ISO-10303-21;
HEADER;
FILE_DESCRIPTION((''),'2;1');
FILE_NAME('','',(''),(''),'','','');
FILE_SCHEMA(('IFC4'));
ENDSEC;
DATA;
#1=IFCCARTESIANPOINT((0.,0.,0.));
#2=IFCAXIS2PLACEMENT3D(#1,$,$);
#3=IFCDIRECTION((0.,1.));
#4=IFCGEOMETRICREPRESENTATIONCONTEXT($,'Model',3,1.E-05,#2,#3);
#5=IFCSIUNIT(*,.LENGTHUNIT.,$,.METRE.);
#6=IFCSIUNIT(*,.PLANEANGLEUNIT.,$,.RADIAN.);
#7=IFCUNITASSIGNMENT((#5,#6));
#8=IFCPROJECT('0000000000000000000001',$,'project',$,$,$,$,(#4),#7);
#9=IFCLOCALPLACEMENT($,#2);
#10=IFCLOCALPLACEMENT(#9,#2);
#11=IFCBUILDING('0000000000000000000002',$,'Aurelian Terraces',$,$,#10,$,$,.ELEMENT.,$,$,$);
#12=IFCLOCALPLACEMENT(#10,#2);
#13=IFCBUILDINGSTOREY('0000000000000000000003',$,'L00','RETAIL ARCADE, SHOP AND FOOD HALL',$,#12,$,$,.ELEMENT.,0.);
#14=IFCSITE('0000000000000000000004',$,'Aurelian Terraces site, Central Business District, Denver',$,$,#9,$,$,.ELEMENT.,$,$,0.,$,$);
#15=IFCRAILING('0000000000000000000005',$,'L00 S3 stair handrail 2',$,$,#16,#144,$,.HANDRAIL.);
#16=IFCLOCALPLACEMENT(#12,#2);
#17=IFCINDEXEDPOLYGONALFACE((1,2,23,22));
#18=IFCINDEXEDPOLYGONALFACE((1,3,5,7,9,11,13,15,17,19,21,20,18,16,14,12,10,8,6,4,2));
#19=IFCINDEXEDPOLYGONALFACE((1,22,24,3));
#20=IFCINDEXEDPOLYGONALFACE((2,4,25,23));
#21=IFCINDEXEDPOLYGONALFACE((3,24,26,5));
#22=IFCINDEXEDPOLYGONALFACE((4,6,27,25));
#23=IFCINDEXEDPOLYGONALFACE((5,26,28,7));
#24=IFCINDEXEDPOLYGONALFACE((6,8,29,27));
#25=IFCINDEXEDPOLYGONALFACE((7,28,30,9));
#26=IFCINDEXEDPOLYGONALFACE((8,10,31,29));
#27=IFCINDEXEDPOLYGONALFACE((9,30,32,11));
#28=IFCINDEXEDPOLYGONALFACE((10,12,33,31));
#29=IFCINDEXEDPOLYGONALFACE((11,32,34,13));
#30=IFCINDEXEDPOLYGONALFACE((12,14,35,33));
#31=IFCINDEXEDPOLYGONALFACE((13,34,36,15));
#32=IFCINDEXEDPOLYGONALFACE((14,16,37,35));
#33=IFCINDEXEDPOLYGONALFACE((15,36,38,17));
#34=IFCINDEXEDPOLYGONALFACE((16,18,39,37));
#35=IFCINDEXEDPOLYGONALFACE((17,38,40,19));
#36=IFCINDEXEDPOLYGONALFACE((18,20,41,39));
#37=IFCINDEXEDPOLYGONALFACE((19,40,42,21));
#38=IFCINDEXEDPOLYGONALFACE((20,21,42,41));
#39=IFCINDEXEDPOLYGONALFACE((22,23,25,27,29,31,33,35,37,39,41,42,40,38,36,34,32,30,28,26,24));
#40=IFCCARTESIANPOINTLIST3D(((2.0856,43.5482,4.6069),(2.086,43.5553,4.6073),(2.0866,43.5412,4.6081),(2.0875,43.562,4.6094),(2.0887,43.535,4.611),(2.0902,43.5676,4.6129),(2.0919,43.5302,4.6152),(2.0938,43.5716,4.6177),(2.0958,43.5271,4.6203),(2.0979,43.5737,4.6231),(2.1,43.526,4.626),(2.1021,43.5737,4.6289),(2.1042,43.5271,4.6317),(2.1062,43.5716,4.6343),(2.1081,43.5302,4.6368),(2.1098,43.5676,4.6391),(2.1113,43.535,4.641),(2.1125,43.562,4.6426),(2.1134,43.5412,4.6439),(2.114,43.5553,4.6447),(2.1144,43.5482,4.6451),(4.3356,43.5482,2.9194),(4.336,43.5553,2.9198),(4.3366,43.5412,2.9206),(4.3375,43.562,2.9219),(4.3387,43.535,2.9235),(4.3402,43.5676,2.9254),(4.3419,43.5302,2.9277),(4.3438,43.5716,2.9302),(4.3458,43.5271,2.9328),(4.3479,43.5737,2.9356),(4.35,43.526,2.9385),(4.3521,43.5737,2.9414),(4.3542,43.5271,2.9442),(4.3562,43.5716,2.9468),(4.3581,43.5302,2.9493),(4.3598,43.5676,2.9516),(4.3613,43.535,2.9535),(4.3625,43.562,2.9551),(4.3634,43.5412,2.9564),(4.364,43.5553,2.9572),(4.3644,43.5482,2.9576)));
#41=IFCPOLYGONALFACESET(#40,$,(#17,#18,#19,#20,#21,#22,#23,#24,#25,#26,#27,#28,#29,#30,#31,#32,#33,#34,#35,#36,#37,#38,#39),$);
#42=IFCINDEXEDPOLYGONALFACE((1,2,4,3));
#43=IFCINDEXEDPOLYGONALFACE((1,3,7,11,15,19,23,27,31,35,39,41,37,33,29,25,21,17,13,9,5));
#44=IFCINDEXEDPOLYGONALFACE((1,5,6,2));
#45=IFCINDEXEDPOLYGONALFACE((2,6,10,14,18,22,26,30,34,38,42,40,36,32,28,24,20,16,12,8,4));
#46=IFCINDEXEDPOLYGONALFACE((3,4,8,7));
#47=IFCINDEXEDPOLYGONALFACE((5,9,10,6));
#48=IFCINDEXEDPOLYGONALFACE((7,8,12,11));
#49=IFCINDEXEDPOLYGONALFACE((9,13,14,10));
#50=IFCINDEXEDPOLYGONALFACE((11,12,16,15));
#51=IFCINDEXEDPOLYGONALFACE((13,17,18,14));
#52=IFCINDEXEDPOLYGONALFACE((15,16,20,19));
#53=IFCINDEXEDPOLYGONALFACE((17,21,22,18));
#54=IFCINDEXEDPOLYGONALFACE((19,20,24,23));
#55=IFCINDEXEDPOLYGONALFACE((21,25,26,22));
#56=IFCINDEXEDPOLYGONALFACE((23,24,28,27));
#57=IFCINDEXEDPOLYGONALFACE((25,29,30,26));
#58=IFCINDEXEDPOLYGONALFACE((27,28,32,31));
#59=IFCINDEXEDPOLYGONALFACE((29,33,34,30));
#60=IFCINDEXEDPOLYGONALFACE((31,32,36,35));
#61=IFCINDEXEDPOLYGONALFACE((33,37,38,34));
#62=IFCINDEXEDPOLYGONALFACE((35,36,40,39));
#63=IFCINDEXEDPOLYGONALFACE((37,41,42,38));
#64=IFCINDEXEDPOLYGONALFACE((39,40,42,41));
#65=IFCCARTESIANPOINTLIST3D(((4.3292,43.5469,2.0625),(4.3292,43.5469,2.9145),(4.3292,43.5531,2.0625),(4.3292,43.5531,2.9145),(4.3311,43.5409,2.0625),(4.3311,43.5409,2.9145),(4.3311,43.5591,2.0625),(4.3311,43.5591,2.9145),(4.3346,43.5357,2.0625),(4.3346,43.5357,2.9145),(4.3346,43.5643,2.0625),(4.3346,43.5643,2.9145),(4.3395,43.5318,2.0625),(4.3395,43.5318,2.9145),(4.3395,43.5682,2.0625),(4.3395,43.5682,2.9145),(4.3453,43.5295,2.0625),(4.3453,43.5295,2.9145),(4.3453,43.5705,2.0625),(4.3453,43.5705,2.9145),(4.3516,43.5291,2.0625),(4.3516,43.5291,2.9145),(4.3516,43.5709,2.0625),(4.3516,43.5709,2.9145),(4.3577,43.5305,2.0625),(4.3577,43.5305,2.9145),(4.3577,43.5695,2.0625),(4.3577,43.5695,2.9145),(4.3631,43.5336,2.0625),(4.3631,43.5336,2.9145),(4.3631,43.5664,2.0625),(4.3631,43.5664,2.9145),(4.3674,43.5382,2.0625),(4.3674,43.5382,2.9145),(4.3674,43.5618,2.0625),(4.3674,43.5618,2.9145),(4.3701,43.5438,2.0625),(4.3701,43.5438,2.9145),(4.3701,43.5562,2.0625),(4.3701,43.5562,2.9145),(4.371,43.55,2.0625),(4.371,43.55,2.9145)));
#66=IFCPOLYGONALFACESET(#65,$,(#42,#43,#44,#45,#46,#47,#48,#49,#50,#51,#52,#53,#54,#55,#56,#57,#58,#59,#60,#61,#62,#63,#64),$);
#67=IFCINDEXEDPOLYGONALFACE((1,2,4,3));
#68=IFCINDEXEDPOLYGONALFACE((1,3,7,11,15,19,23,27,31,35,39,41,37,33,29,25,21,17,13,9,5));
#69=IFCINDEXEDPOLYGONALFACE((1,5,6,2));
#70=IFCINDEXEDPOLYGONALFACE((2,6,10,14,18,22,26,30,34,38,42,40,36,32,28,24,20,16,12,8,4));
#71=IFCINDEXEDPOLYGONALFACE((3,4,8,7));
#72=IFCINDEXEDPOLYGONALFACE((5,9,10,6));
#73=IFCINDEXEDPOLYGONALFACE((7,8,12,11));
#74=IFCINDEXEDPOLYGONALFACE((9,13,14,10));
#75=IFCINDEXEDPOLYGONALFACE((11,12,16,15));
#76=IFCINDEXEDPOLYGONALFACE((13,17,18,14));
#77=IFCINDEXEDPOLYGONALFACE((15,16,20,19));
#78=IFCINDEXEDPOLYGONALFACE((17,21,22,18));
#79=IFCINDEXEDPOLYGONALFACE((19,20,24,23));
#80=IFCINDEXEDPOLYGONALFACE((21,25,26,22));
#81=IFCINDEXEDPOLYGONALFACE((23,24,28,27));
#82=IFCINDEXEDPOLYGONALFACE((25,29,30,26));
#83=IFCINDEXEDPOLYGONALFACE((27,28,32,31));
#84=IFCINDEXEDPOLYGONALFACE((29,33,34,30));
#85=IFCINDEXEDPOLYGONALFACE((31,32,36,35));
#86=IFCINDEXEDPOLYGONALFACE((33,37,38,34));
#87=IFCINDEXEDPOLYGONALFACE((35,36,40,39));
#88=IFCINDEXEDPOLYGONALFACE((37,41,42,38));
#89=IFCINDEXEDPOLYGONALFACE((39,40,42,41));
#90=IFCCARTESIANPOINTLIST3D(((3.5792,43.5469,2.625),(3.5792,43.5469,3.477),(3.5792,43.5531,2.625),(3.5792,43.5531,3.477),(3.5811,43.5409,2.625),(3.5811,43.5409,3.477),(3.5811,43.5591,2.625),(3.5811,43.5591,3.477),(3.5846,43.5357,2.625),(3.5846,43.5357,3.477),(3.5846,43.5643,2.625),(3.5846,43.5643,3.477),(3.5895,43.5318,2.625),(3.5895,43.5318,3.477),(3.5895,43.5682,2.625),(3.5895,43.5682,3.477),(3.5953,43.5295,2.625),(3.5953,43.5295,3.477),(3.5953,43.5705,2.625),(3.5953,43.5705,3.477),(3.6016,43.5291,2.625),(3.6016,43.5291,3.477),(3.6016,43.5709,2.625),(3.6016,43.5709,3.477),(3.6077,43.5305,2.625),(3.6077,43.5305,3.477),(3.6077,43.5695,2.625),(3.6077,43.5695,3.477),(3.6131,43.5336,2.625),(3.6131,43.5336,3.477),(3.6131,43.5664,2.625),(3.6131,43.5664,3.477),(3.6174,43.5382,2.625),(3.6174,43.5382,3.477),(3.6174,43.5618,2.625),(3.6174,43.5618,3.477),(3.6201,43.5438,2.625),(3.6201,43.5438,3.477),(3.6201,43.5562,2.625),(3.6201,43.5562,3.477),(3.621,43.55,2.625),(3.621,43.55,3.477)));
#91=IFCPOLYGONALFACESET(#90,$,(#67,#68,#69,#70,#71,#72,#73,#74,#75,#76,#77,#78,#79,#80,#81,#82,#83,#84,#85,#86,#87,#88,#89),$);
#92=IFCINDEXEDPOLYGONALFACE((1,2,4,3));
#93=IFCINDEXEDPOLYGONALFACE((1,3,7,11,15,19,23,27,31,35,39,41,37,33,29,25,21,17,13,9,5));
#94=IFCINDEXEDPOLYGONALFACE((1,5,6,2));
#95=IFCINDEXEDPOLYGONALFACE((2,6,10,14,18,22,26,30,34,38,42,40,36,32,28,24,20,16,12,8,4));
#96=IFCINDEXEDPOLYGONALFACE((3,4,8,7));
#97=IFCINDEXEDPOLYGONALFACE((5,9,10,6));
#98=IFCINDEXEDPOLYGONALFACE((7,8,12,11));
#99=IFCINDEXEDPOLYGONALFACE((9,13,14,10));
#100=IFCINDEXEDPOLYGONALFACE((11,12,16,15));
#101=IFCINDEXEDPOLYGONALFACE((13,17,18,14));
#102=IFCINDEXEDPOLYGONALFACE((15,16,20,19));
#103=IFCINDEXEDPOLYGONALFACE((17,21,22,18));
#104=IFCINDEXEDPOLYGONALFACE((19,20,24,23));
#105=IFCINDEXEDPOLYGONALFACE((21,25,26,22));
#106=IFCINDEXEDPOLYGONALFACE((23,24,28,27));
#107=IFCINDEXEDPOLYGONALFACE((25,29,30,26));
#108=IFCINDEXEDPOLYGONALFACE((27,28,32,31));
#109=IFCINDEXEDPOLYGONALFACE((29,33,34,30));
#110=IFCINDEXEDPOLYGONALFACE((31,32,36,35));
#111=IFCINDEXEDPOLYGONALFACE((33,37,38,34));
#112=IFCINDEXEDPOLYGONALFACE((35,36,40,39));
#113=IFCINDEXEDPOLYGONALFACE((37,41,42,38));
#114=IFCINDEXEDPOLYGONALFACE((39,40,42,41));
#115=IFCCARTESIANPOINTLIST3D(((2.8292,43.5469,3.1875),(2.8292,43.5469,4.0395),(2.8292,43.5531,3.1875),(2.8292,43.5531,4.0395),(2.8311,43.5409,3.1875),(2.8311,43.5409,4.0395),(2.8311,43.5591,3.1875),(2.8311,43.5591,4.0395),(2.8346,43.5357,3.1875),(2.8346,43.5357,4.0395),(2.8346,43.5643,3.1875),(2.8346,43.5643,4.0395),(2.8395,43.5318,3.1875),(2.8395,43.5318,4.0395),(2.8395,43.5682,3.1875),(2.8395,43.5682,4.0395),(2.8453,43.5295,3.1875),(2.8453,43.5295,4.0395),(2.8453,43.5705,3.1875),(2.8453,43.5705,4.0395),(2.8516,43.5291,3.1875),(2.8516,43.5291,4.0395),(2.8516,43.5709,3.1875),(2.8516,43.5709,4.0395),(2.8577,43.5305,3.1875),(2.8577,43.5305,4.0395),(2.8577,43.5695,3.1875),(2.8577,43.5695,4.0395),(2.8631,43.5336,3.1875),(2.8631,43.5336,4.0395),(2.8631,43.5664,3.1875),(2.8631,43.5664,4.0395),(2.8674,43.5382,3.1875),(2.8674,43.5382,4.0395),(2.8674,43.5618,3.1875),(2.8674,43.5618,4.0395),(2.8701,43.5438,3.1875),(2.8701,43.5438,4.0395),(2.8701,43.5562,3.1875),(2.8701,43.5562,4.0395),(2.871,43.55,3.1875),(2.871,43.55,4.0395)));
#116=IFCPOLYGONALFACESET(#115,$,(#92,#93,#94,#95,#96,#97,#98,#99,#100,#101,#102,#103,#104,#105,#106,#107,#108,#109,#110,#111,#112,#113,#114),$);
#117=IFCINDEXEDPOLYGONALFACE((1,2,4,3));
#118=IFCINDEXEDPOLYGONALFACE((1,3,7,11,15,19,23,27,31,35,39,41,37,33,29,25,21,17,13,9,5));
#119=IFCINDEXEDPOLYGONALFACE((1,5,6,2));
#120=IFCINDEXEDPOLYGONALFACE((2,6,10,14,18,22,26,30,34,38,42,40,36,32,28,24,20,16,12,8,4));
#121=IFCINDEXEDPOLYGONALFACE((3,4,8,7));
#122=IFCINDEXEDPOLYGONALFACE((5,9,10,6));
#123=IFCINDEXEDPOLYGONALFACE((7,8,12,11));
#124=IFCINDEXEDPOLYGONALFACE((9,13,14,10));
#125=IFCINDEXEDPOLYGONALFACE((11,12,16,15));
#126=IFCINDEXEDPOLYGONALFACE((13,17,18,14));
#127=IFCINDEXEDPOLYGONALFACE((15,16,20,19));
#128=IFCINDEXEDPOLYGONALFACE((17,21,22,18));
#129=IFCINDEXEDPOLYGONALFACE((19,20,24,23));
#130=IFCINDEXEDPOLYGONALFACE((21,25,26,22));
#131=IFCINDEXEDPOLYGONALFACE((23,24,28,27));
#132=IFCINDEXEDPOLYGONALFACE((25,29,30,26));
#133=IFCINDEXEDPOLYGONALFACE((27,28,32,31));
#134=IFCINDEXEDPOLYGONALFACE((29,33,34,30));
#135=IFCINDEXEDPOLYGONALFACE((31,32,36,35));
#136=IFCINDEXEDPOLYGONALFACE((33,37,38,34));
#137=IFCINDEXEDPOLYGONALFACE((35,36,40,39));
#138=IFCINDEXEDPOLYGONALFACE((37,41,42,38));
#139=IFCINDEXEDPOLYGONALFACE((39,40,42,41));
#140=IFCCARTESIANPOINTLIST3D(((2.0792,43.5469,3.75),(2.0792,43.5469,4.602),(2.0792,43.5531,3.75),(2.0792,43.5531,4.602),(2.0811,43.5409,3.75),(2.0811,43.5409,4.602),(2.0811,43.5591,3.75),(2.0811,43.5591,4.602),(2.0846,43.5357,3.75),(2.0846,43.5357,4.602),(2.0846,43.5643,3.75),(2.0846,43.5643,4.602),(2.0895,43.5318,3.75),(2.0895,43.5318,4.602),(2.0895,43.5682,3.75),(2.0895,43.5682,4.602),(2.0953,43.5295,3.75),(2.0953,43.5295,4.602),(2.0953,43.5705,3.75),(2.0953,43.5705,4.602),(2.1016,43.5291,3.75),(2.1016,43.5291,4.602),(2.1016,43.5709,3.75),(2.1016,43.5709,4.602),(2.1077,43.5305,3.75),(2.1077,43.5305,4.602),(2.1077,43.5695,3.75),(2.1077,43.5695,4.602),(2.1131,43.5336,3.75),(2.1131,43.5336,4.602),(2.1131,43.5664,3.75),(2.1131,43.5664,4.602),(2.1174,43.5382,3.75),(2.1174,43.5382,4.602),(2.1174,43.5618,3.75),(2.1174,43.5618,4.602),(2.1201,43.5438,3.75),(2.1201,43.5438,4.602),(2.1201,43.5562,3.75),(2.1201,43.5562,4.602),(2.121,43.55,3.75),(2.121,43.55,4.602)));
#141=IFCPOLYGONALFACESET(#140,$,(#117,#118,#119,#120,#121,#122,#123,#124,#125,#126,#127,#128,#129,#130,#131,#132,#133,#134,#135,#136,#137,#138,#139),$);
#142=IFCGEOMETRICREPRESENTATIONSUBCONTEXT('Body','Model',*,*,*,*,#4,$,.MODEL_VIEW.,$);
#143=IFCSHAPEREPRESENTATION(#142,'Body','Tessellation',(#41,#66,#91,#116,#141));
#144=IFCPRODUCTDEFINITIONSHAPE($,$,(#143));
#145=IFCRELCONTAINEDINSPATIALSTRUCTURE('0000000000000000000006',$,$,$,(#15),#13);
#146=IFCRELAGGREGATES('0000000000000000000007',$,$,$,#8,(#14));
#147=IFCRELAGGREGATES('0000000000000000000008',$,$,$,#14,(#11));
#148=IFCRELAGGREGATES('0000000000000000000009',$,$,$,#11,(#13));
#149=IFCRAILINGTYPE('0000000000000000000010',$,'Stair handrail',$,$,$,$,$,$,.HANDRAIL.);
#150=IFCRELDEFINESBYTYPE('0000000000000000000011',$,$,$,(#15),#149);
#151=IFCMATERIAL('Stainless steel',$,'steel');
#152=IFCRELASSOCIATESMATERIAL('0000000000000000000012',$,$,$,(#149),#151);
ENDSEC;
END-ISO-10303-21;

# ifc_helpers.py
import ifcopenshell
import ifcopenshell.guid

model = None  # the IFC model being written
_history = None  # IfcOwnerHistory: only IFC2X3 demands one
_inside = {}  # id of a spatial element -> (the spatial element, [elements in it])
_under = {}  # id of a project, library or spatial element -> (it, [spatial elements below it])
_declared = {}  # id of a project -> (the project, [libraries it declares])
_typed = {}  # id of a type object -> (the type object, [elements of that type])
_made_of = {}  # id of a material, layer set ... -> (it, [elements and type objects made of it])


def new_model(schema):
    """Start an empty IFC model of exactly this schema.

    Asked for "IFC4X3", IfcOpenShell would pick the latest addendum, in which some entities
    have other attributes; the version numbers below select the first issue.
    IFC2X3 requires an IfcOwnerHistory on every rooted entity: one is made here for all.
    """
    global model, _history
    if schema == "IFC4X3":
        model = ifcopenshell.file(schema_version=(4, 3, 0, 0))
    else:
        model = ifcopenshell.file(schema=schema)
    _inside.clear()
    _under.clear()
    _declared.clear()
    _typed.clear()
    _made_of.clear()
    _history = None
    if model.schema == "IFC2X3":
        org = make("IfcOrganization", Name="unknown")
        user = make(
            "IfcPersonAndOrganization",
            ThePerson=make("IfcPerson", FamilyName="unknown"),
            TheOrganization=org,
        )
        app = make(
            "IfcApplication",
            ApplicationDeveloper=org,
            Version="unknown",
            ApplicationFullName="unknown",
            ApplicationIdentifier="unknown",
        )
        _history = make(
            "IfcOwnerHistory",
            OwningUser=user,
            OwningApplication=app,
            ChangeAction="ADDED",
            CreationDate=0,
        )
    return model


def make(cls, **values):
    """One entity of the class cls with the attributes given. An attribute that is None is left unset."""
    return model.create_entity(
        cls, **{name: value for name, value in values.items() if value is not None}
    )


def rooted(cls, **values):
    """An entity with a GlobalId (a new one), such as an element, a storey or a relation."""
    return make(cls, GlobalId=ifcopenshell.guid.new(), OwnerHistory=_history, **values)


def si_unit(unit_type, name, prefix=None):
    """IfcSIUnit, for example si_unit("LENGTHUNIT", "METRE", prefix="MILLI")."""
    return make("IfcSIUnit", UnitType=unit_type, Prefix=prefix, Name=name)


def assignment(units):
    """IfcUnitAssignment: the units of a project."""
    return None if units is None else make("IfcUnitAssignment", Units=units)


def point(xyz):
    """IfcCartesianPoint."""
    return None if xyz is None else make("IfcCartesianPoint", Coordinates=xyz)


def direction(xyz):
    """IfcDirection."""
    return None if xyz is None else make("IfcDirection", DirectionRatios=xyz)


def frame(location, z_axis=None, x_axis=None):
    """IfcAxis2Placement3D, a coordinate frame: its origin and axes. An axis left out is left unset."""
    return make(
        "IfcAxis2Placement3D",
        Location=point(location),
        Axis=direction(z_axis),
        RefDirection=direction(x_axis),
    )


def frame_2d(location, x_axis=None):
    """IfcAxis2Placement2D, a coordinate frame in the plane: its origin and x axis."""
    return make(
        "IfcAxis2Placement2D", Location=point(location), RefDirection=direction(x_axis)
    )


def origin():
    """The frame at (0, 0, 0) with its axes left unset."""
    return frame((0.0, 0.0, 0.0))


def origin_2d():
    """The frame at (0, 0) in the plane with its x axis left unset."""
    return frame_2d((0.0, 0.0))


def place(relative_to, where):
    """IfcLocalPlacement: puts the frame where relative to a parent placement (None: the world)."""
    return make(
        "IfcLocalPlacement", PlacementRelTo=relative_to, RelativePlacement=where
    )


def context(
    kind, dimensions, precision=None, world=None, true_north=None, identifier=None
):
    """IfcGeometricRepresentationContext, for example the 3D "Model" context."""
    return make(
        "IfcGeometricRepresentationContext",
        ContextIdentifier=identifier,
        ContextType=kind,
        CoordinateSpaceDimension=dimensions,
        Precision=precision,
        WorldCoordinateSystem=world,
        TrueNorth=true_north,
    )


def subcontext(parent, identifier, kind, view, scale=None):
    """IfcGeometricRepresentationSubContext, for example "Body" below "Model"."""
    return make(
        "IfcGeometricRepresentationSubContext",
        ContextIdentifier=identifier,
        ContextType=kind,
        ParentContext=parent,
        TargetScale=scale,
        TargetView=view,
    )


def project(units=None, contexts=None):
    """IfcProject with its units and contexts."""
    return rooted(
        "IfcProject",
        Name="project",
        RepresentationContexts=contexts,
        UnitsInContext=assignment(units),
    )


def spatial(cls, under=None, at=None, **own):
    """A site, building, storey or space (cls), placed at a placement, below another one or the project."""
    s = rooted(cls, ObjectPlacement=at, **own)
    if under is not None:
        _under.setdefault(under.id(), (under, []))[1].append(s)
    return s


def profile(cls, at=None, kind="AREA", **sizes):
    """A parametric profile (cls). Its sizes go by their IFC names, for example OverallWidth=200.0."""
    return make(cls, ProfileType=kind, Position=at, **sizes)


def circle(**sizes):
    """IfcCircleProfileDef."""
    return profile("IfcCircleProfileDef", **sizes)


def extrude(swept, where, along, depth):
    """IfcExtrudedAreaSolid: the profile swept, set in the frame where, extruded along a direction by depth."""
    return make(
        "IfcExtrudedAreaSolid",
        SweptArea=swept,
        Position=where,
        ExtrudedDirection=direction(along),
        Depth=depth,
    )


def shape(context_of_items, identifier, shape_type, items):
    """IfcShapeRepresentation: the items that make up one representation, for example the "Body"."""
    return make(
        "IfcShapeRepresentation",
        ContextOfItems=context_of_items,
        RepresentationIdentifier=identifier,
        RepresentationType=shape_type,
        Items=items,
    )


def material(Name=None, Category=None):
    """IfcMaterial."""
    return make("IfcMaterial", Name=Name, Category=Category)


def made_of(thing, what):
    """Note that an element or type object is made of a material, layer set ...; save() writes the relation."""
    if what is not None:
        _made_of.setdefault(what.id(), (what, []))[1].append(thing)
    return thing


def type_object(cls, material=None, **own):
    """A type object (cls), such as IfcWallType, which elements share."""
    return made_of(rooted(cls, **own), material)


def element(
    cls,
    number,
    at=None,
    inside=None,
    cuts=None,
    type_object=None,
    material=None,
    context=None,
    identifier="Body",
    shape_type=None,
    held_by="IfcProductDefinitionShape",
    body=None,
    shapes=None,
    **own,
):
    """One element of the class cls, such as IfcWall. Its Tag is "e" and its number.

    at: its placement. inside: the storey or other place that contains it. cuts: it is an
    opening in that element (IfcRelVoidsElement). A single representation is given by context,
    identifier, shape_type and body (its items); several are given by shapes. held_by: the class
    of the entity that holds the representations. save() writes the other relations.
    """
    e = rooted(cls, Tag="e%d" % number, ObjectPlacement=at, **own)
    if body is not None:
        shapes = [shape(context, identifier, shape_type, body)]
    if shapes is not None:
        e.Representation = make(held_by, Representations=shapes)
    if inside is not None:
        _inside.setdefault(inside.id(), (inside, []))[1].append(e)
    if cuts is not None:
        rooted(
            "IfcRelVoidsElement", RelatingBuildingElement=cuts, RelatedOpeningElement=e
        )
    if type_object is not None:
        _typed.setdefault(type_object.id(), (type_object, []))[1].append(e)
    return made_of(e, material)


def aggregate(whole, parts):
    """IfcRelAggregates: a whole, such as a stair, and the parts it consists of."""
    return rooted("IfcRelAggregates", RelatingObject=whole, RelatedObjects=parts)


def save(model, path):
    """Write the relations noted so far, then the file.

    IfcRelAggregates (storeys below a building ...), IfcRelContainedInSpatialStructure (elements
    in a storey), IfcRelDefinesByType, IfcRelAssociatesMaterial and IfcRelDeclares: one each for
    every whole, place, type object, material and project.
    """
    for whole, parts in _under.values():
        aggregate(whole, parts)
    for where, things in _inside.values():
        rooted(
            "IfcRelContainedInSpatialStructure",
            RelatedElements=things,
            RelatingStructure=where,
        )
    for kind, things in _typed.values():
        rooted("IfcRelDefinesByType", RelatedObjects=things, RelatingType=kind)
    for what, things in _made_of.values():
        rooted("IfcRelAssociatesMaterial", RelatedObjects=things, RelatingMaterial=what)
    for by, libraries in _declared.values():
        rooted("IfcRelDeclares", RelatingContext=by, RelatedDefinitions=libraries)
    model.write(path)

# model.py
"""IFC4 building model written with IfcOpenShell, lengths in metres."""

from ifc_helpers import new_model, si_unit, direction, frame, origin, origin_2d, place, context, subcontext, project, spatial, circle, extrude, material, type_object, element, save


model = new_model("IFC4")

# Units and contexts
model_context = context("Model", 3, precision=1e-05, world=origin(), true_north=direction((0.0, 1.0)))
body_context = subcontext(model_context, "Body", "Model", "MODEL_VIEW")
ifc_project = project(units=[si_unit("LENGTHUNIT", "METRE"), si_unit("PLANEANGLEUNIT", "RADIAN")], contexts=[model_context])

# Site, building, storey
site_placement = place(None, origin())
site = spatial("IfcSite", under=ifc_project, at=site_placement, Name="Aurelian Terraces site, Central Business District, Denver", CompositionType="ELEMENT", RefElevation=0.0)
building_placement = place(site_placement, origin())
building = spatial("IfcBuilding", under=site, at=building_placement, Name="Aurelian Terraces", CompositionType="ELEMENT")
storey_placement = place(building_placement, origin())
storey = spatial("IfcBuildingStorey", under=building, at=storey_placement, Name="L00", Description="RETAIL ARCADE, SHOP AND FOOD HALL", CompositionType="ELEMENT", Elevation=0.0)

# Railing
ifc_material_1 = material(Name="Stainless steel", Category="steel")
railing_type_1 = type_object("IfcRailingType", Name="Stair handrail", PredefinedType="HANDRAIL", material=ifc_material_1)
railing_1_placement = place(storey_placement, frame((4.35, 43.55, 2.0625)))
element("IfcRailing", 1, at=railing_1_placement, inside=storey, type_object=railing_type_1, Name="L00 S3 stair handrail 2", PredefinedType="HANDRAIL", context=body_context, shape_type="SweptSolid", body=[
    extrude(circle(Radius=0.024, at=origin_2d()), frame((0.0, 0.0, 0.876), z_axis=(-0.8, 0.0, 0.6), x_axis=(0.0, -1.0, 0.0)), (0.0, 0.0, 1.0), 2.8125),
    extrude(circle(Radius=0.021, at=origin_2d()), origin(), (0.0, 0.0, 1.0), 0.852),
    extrude(circle(Radius=0.021, at=origin_2d()), frame((-0.75, 0.0, 0.5625)), (0.0, 0.0, 1.0), 0.852),
    extrude(circle(Radius=0.021, at=origin_2d()), frame((-1.5, 0.0, 1.125)), (0.0, 0.0, 1.0), 0.852),
    extrude(circle(Radius=0.021, at=origin_2d()), frame((-2.25, 0.0, 1.6875)), (0.0, 0.0, 1.0), 0.852),
])

save(model, "model.ifc")
